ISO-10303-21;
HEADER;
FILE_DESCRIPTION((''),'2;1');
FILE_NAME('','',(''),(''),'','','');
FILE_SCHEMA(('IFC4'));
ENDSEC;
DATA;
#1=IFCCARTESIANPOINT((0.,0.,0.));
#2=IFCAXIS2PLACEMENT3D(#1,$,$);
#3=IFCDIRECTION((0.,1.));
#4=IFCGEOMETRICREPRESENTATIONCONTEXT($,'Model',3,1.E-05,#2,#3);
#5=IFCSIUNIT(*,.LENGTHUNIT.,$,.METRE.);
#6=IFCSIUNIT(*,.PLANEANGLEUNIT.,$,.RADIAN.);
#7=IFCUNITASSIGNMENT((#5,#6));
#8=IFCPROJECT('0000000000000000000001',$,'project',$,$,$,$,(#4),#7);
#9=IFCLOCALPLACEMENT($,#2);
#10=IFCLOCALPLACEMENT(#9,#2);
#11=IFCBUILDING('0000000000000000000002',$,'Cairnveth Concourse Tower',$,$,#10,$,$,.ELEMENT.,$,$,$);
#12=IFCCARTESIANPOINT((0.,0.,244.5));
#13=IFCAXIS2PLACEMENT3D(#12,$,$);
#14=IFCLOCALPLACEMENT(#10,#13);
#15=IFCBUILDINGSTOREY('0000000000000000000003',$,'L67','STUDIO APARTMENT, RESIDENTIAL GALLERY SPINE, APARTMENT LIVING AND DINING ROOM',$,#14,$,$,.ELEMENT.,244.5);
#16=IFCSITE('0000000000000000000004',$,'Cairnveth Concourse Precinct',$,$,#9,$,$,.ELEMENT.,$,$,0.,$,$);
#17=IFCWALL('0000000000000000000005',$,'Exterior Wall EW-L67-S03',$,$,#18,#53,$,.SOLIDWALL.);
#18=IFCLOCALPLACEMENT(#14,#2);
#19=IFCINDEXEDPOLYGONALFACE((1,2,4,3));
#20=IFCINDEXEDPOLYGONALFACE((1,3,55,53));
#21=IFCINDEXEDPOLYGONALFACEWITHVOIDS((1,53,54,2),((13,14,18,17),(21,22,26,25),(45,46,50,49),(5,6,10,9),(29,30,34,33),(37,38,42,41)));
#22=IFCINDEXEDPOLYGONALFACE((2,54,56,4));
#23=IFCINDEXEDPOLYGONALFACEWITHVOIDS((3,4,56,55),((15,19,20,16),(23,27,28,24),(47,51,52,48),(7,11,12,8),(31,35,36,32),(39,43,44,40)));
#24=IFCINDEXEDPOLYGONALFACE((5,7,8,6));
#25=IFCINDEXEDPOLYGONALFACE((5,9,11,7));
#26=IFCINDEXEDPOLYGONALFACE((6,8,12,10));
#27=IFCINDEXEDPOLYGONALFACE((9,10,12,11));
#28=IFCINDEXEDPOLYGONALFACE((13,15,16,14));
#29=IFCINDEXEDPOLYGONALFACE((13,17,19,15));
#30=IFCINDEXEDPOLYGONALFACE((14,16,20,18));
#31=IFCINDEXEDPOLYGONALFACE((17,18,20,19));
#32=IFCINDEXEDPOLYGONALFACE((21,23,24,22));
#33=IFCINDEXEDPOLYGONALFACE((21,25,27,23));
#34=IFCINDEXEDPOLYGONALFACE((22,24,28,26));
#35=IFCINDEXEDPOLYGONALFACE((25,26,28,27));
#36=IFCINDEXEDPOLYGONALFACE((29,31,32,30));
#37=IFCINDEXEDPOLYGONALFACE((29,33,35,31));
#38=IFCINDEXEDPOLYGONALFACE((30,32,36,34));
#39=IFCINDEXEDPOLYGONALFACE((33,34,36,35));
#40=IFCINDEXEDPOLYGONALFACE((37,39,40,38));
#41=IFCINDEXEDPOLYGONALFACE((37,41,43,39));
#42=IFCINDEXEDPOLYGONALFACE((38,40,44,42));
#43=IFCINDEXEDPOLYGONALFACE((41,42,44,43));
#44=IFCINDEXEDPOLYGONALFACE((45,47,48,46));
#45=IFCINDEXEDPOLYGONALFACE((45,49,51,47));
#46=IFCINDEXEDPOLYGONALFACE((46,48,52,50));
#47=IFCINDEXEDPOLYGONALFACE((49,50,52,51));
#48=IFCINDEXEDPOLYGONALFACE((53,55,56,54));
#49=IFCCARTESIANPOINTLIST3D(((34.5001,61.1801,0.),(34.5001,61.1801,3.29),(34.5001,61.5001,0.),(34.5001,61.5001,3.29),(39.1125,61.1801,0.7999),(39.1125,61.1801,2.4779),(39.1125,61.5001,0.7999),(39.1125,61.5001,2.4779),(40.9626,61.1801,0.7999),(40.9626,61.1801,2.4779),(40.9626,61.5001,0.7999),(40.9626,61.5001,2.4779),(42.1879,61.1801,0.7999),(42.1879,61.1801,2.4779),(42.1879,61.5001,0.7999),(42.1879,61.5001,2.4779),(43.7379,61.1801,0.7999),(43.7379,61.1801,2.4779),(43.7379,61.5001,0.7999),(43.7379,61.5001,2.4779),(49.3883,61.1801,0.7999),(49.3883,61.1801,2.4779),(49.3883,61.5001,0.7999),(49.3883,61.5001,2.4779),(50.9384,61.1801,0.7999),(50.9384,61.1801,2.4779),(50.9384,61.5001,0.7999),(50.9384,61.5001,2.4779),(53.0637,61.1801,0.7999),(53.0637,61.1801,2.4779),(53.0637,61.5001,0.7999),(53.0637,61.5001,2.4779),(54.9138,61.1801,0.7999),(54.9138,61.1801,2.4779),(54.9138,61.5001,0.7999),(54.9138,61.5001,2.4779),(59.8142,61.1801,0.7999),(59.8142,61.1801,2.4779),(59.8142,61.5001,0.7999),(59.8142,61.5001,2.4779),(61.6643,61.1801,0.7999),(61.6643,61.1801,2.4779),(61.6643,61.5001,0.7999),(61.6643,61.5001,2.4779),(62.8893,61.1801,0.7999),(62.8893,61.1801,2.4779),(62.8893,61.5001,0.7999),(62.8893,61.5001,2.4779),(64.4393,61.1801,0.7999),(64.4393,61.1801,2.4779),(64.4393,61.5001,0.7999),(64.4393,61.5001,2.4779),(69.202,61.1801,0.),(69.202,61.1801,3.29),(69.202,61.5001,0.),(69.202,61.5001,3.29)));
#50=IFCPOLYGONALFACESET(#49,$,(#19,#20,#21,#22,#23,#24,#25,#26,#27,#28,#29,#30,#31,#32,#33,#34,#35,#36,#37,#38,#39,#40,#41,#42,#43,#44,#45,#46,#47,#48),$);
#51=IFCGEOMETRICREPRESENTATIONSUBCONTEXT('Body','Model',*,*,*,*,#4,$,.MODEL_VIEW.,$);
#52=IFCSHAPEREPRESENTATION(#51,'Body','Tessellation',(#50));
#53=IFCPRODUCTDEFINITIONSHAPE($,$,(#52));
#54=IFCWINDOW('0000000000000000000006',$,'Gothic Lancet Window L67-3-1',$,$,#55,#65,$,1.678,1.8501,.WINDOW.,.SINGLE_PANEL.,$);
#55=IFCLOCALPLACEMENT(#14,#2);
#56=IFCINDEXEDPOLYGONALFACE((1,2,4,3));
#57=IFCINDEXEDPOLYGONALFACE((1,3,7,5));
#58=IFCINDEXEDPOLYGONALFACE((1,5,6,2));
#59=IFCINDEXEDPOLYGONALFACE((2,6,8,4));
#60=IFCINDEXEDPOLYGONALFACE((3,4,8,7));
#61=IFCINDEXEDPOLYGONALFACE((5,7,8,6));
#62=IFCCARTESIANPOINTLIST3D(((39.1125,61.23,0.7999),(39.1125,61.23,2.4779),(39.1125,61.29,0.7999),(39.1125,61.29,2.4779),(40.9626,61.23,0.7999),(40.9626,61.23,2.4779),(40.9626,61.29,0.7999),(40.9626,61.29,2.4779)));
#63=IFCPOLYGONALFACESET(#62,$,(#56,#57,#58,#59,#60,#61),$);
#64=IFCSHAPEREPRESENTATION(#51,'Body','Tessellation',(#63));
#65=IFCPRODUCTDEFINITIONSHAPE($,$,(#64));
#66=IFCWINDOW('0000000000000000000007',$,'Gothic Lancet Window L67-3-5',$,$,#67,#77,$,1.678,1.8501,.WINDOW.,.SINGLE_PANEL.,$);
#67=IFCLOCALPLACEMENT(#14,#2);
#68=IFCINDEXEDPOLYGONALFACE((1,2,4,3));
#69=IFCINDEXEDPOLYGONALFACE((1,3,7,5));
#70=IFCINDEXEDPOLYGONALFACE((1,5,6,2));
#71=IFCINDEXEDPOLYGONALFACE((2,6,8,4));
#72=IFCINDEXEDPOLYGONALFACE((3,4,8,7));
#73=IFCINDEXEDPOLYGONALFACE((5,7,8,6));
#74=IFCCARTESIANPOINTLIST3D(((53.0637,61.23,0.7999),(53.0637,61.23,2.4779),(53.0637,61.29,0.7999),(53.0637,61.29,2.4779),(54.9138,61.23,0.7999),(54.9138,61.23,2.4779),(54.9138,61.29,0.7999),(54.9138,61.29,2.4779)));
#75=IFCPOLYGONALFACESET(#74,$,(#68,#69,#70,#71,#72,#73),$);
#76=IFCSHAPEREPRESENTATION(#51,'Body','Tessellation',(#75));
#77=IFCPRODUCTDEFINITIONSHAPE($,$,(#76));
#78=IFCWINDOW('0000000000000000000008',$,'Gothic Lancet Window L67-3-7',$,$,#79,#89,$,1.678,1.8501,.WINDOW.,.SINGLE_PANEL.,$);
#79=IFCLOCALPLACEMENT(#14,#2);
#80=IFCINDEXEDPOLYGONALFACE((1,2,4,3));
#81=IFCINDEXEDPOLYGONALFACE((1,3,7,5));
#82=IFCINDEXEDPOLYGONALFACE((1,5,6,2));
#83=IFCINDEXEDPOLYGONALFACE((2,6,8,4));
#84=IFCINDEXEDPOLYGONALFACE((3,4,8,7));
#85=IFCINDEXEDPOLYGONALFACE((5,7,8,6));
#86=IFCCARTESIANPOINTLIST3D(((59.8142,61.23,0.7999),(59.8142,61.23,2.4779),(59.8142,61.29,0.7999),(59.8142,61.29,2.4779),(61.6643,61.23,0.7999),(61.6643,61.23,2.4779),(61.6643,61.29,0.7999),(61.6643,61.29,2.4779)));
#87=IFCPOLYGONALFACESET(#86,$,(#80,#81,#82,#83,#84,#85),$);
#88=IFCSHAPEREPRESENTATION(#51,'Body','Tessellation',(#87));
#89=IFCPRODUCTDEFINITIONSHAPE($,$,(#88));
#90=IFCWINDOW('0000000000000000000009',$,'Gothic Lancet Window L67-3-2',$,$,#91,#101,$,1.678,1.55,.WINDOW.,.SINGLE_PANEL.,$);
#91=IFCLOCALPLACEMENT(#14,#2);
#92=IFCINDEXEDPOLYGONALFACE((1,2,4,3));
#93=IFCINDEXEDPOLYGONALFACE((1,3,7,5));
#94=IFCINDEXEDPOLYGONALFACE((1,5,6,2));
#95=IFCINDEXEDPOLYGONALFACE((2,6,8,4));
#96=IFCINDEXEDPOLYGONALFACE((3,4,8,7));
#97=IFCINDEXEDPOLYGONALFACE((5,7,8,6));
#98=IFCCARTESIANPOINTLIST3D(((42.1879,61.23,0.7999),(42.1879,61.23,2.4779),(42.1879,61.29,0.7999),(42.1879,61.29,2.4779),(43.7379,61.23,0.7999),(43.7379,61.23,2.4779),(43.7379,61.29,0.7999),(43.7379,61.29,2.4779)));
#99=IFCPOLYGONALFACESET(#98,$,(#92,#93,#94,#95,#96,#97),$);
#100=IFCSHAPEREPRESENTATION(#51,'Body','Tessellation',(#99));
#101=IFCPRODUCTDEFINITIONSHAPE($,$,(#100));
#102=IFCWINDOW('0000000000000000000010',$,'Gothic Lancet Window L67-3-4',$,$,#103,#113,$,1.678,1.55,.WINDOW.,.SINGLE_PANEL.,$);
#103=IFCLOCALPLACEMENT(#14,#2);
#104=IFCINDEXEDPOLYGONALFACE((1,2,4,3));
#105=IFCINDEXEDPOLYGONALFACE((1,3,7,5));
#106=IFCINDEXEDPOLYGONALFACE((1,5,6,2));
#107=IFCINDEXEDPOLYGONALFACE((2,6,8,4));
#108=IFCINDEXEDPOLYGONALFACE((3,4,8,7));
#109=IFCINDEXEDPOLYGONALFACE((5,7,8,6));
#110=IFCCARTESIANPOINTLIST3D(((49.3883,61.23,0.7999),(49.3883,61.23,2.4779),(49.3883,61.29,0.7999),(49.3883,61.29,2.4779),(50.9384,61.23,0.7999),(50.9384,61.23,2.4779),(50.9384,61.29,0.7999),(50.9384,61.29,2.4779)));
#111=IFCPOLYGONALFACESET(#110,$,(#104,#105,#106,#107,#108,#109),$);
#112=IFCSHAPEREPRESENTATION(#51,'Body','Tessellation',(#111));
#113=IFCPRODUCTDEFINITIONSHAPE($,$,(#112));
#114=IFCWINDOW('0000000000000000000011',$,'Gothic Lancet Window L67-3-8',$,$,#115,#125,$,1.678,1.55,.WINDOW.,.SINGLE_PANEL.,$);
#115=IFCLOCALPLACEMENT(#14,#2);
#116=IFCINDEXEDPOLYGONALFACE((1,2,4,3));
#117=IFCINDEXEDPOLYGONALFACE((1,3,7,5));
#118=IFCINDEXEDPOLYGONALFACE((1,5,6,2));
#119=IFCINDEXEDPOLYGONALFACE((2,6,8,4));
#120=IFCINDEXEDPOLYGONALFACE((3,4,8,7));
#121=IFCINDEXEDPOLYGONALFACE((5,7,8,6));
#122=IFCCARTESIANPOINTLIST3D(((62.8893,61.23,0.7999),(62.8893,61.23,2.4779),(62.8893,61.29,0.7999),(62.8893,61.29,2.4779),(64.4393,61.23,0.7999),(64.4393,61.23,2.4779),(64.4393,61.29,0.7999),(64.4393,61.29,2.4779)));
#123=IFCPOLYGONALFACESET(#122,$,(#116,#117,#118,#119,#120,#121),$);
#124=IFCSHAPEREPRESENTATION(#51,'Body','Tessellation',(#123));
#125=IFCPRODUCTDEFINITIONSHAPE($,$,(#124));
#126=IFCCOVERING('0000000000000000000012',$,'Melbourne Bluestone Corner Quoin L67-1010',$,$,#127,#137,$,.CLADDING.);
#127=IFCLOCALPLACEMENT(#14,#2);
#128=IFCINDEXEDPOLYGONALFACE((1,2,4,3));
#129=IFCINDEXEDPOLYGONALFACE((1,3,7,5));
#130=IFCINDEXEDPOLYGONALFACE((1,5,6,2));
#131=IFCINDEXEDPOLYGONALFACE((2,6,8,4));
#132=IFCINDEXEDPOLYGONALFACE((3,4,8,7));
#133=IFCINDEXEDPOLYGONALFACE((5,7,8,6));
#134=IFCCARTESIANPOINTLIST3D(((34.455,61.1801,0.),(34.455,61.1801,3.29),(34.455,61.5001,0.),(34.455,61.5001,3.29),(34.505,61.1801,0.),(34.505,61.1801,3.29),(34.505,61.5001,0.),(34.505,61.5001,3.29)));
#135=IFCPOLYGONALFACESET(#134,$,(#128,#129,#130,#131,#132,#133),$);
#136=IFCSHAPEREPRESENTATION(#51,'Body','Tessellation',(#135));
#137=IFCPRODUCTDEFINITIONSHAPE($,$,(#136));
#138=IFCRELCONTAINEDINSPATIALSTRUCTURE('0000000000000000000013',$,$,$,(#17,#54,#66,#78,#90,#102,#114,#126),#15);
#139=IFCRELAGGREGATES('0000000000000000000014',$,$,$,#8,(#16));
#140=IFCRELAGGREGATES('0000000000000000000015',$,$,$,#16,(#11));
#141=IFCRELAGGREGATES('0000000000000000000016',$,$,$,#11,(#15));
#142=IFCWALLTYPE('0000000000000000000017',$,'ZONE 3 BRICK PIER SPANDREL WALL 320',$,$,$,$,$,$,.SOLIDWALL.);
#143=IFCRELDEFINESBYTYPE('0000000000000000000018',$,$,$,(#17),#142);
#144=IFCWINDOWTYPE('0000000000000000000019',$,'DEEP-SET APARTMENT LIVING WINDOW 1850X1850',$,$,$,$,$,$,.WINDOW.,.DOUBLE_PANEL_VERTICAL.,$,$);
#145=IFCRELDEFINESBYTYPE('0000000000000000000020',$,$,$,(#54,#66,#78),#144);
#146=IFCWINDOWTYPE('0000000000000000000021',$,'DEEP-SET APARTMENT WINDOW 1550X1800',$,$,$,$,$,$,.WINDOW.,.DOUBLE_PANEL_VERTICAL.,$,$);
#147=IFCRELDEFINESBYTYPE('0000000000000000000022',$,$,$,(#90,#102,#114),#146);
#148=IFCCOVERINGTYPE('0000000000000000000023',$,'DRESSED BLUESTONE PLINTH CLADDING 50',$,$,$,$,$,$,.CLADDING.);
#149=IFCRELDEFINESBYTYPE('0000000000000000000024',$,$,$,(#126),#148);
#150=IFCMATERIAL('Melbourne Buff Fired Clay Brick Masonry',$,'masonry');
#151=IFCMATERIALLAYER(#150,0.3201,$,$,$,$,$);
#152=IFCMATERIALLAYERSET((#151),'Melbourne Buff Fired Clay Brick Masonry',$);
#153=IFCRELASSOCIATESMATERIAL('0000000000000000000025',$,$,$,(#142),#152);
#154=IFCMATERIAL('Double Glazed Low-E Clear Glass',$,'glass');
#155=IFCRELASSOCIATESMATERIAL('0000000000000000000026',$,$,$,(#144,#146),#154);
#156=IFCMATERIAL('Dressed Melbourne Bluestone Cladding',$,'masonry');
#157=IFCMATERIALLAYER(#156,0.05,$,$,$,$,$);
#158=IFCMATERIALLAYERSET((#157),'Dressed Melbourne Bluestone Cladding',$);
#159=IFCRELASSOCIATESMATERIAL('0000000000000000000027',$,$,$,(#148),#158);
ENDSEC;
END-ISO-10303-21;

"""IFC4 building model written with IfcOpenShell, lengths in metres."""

from ifc_helpers import new_model, si_unit, direction, frame, frame_2d, origin, place, context, subcontext, project, spatial, rectangle, extrude, material, layer, layer_set, type_object, element, fill, save


model = new_model("IFC4")

# Units and contexts
model_context = context("Model", 3, precision=1e-05, world=origin(), true_north=direction((0.0, 1.0)))
body_context = subcontext(model_context, "Body", "Model", "MODEL_VIEW")
ifc_project = project(units=[si_unit("LENGTHUNIT", "METRE"), si_unit("PLANEANGLEUNIT", "RADIAN")], contexts=[model_context])

# Site, building, storey
site_placement = place(None, origin())
site = spatial("IfcSite", under=ifc_project, at=site_placement, Name="Cairnveth Concourse Precinct", CompositionType="ELEMENT", RefElevation=0.0)
building_placement = place(site_placement, origin())
building = spatial("IfcBuilding", under=site, at=building_placement, Name="Cairnveth Concourse Tower", CompositionType="ELEMENT")
storey_placement = place(building_placement, frame((0.0, 0.0, 244.5)))
storey = spatial("IfcBuildingStorey", under=building, at=storey_placement, Name="L67", Description="STUDIO APARTMENT, RESIDENTIAL GALLERY SPINE, APARTMENT LIVING AND DINING ROOM", CompositionType="ELEMENT", Elevation=244.5)

# Wall, openings, windows
ifc_material_1 = material(Name="Melbourne Buff Fired Clay Brick Masonry", Category="masonry")
ifc_layer_1 = layer(ifc_material_1, 0.3201)
ifc_layer_set_1 = layer_set([ifc_layer_1], Name="Melbourne Buff Fired Clay Brick Masonry")
wall_type = type_object("IfcWallType", Name="ZONE 3 BRICK PIER SPANDREL WALL 320", PredefinedType="SOLIDWALL", material=ifc_layer_set_1)
wall_placement = place(storey_placement, frame((34.5, 61.3401, 0.0), z_axis=(0.0, 0.0, 1.0), x_axis=(1.0, 0.0, 0.0)))
wall = element("IfcWall", 1, at=wall_placement, inside=storey, type_object=wall_type, Name="Exterior Wall EW-L67-S03", PredefinedType="SOLIDWALL", context=body_context, shape_type="SweptSolid", body=[
    extrude(rectangle(XDim=34.7019, YDim=0.3201, at=frame_2d((17.3511, 0.0))), origin(), (0.0, 0.0, 1.0), 3.29),
])
opening_1_placement = place(wall_placement, frame((4.6125, 0.0, 0.8)))
opening_1 = element("IfcOpeningElement", 2, at=opening_1_placement, cuts=wall, PredefinedType="OPENING", context=body_context, shape_type="SweptSolid", body=[
    extrude(rectangle(XDim=1.8501, YDim=1.678, at=frame_2d((0.925, 0.8389))), frame((0.0, 0.1699, 0.0), z_axis=(0.0, -1.0, 0.0), x_axis=(1.0, 0.0, 0.0)), (0.0, 0.0, 1.0), 0.3401),
])
opening_2_placement = place(wall_placement, frame((7.688, 0.0, 0.8)))
opening_2 = element("IfcOpeningElement", 3, at=opening_2_placement, cuts=wall, PredefinedType="OPENING", context=body_context, shape_type="SweptSolid", body=[
    extrude(rectangle(XDim=1.55, YDim=1.678, at=frame_2d((0.7749, 0.8389))), frame((0.0, 0.1699, 0.0), z_axis=(0.0, -1.0, 0.0), x_axis=(1.0, 0.0, 0.0)), (0.0, 0.0, 1.0), 0.3401),
])
opening_3_placement = place(wall_placement, frame((14.8884, 0.0, 0.8)))
opening_3 = element("IfcOpeningElement", 4, at=opening_3_placement, cuts=wall, PredefinedType="OPENING", context=body_context, shape_type="SweptSolid", body=[
    extrude(rectangle(XDim=1.55, YDim=1.678, at=frame_2d((0.7749, 0.8389))), frame((0.0, 0.1699, 0.0), z_axis=(0.0, -1.0, 0.0), x_axis=(1.0, 0.0, 0.0)), (0.0, 0.0, 1.0), 0.3401),
])
opening_4_placement = place(wall_placement, frame((18.5637, 0.0, 0.8)))
opening_4 = element("IfcOpeningElement", 5, at=opening_4_placement, cuts=wall, PredefinedType="OPENING", context=body_context, shape_type="SweptSolid", body=[
    extrude(rectangle(XDim=1.8501, YDim=1.678, at=frame_2d((0.925, 0.8389))), frame((0.0, 0.1699, 0.0), z_axis=(0.0, -1.0, 0.0), x_axis=(1.0, 0.0, 0.0)), (0.0, 0.0, 1.0), 0.3401),
])
opening_5_placement = place(wall_placement, frame((25.3142, 0.0, 0.8)))
opening_5 = element("IfcOpeningElement", 6, at=opening_5_placement, cuts=wall, PredefinedType="OPENING", context=body_context, shape_type="SweptSolid", body=[
    extrude(rectangle(XDim=1.8501, YDim=1.678, at=frame_2d((0.925, 0.8389))), frame((0.0, 0.1699, 0.0), z_axis=(0.0, -1.0, 0.0), x_axis=(1.0, 0.0, 0.0)), (0.0, 0.0, 1.0), 0.3401),
])
opening_6_placement = place(wall_placement, frame((28.3894, 0.0, 0.8)))
opening_6 = element("IfcOpeningElement", 7, at=opening_6_placement, cuts=wall, PredefinedType="OPENING", context=body_context, shape_type="SweptSolid", body=[
    extrude(rectangle(XDim=1.55, YDim=1.678, at=frame_2d((0.7749, 0.8389))), frame((0.0, 0.1699, 0.0), z_axis=(0.0, -1.0, 0.0), x_axis=(1.0, 0.0, 0.0)), (0.0, 0.0, 1.0), 0.3401),
])
ifc_material_2 = material(Name="Double Glazed Low-E Clear Glass", Category="glass")
window_type_1 = type_object("IfcWindowType", Name="DEEP-SET APARTMENT LIVING WINDOW 1850X1850", PartitioningType="DOUBLE_PANEL_VERTICAL", PredefinedType="WINDOW", material=ifc_material_2)
window_1_placement = place(opening_1_placement, origin())
window_1 = element("IfcWindow", 8, at=window_1_placement, inside=storey, type_object=window_type_1, Name="Gothic Lancet Window L67-3-1", OverallHeight=1.678, OverallWidth=1.8501, PartitioningType="SINGLE_PANEL", PredefinedType="WINDOW", context=body_context, shape_type="SweptSolid", body=[
    extrude(rectangle(XDim=1.8501, YDim=1.678, at=frame_2d((0.925, 0.8389))), frame((0.0, -0.05, 0.0), z_axis=(0.0, -1.0, 0.0), x_axis=(1.0, 0.0, 0.0)), (0.0, 0.0, 1.0), 0.0601),
])
fill(opening_1, window_1)
window_2_placement = place(opening_4_placement, origin())
window_2 = element("IfcWindow", 9, at=window_2_placement, inside=storey, type_object=window_type_1, Name="Gothic Lancet Window L67-3-5", OverallHeight=1.678, OverallWidth=1.8501, PartitioningType="SINGLE_PANEL", PredefinedType="WINDOW", context=body_context, shape_type="SweptSolid", body=[
    extrude(rectangle(XDim=1.8501, YDim=1.678, at=frame_2d((0.925, 0.8389))), frame((0.0, -0.05, 0.0), z_axis=(0.0, -1.0, 0.0), x_axis=(1.0, 0.0, 0.0)), (0.0, 0.0, 1.0), 0.0601),
])
fill(opening_4, window_2)
window_3_placement = place(opening_5_placement, origin())
window_3 = element("IfcWindow", 10, at=window_3_placement, inside=storey, type_object=window_type_1, Name="Gothic Lancet Window L67-3-7", OverallHeight=1.678, OverallWidth=1.8501, PartitioningType="SINGLE_PANEL", PredefinedType="WINDOW", context=body_context, shape_type="SweptSolid", body=[
    extrude(rectangle(XDim=1.8501, YDim=1.678, at=frame_2d((0.925, 0.8389))), frame((0.0, -0.05, 0.0), z_axis=(0.0, -1.0, 0.0), x_axis=(1.0, 0.0, 0.0)), (0.0, 0.0, 1.0), 0.0601),
])
fill(opening_5, window_3)
window_type_2 = type_object("IfcWindowType", Name="DEEP-SET APARTMENT WINDOW 1550X1800", PartitioningType="DOUBLE_PANEL_VERTICAL", PredefinedType="WINDOW", material=ifc_material_2)
window_4_placement = place(opening_2_placement, origin())
window_4 = element("IfcWindow", 11, at=window_4_placement, inside=storey, type_object=window_type_2, Name="Gothic Lancet Window L67-3-2", OverallHeight=1.678, OverallWidth=1.55, PartitioningType="SINGLE_PANEL", PredefinedType="WINDOW", context=body_context, shape_type="SweptSolid", body=[
    extrude(rectangle(XDim=1.55, YDim=1.678, at=frame_2d((0.7749, 0.8389))), frame((0.0, -0.05, 0.0), z_axis=(0.0, -1.0, 0.0), x_axis=(1.0, 0.0, 0.0)), (0.0, 0.0, 1.0), 0.0601),
])
fill(opening_2, window_4)
window_5_placement = place(opening_3_placement, origin())
window_5 = element("IfcWindow", 12, at=window_5_placement, inside=storey, type_object=window_type_2, Name="Gothic Lancet Window L67-3-4", OverallHeight=1.678, OverallWidth=1.55, PartitioningType="SINGLE_PANEL", PredefinedType="WINDOW", context=body_context, shape_type="SweptSolid", body=[
    extrude(rectangle(XDim=1.55, YDim=1.678, at=frame_2d((0.7749, 0.8389))), frame((0.0, -0.05, 0.0), z_axis=(0.0, -1.0, 0.0), x_axis=(1.0, 0.0, 0.0)), (0.0, 0.0, 1.0), 0.0601),
])
fill(opening_3, window_5)
window_6_placement = place(opening_6_placement, origin())
window_6 = element("IfcWindow", 13, at=window_6_placement, inside=storey, type_object=window_type_2, Name="Gothic Lancet Window L67-3-8", OverallHeight=1.678, OverallWidth=1.55, PartitioningType="SINGLE_PANEL", PredefinedType="WINDOW", context=body_context, shape_type="SweptSolid", body=[
    extrude(rectangle(XDim=1.55, YDim=1.678, at=frame_2d((0.7749, 0.8389))), frame((0.0, -0.05, 0.0), z_axis=(0.0, -1.0, 0.0), x_axis=(1.0, 0.0, 0.0)), (0.0, 0.0, 1.0), 0.0601),
])
fill(opening_6, window_6)

# Covering
ifc_material_3 = material(Name="Dressed Melbourne Bluestone Cladding", Category="masonry")
ifc_layer_2 = layer(ifc_material_3, 0.05)
ifc_layer_set_2 = layer_set([ifc_layer_2], Name="Dressed Melbourne Bluestone Cladding")
covering_type = type_object("IfcCoveringType", Name="DRESSED BLUESTONE PLINTH CLADDING 50", PredefinedType="CLADDING", material=ifc_layer_set_2)
covering_placement = place(storey_placement, frame((34.48, 61.1799, 0.0), z_axis=(0.0, 0.0, 1.0), x_axis=(0.0, 1.0, 0.0)))
element("IfcCovering", 14, at=covering_placement, inside=storey, type_object=covering_type, Name="Melbourne Bluestone Corner Quoin L67-1010", PredefinedType="CLADDING", context=body_context, shape_type="SweptSolid", body=[
    extrude(rectangle(XDim=0.3201, YDim=0.05, at=frame_2d((0.1602, 0.0))), origin(), (0.0, 0.0, 1.0), 3.29),
])

save(model, "model.ifc")
